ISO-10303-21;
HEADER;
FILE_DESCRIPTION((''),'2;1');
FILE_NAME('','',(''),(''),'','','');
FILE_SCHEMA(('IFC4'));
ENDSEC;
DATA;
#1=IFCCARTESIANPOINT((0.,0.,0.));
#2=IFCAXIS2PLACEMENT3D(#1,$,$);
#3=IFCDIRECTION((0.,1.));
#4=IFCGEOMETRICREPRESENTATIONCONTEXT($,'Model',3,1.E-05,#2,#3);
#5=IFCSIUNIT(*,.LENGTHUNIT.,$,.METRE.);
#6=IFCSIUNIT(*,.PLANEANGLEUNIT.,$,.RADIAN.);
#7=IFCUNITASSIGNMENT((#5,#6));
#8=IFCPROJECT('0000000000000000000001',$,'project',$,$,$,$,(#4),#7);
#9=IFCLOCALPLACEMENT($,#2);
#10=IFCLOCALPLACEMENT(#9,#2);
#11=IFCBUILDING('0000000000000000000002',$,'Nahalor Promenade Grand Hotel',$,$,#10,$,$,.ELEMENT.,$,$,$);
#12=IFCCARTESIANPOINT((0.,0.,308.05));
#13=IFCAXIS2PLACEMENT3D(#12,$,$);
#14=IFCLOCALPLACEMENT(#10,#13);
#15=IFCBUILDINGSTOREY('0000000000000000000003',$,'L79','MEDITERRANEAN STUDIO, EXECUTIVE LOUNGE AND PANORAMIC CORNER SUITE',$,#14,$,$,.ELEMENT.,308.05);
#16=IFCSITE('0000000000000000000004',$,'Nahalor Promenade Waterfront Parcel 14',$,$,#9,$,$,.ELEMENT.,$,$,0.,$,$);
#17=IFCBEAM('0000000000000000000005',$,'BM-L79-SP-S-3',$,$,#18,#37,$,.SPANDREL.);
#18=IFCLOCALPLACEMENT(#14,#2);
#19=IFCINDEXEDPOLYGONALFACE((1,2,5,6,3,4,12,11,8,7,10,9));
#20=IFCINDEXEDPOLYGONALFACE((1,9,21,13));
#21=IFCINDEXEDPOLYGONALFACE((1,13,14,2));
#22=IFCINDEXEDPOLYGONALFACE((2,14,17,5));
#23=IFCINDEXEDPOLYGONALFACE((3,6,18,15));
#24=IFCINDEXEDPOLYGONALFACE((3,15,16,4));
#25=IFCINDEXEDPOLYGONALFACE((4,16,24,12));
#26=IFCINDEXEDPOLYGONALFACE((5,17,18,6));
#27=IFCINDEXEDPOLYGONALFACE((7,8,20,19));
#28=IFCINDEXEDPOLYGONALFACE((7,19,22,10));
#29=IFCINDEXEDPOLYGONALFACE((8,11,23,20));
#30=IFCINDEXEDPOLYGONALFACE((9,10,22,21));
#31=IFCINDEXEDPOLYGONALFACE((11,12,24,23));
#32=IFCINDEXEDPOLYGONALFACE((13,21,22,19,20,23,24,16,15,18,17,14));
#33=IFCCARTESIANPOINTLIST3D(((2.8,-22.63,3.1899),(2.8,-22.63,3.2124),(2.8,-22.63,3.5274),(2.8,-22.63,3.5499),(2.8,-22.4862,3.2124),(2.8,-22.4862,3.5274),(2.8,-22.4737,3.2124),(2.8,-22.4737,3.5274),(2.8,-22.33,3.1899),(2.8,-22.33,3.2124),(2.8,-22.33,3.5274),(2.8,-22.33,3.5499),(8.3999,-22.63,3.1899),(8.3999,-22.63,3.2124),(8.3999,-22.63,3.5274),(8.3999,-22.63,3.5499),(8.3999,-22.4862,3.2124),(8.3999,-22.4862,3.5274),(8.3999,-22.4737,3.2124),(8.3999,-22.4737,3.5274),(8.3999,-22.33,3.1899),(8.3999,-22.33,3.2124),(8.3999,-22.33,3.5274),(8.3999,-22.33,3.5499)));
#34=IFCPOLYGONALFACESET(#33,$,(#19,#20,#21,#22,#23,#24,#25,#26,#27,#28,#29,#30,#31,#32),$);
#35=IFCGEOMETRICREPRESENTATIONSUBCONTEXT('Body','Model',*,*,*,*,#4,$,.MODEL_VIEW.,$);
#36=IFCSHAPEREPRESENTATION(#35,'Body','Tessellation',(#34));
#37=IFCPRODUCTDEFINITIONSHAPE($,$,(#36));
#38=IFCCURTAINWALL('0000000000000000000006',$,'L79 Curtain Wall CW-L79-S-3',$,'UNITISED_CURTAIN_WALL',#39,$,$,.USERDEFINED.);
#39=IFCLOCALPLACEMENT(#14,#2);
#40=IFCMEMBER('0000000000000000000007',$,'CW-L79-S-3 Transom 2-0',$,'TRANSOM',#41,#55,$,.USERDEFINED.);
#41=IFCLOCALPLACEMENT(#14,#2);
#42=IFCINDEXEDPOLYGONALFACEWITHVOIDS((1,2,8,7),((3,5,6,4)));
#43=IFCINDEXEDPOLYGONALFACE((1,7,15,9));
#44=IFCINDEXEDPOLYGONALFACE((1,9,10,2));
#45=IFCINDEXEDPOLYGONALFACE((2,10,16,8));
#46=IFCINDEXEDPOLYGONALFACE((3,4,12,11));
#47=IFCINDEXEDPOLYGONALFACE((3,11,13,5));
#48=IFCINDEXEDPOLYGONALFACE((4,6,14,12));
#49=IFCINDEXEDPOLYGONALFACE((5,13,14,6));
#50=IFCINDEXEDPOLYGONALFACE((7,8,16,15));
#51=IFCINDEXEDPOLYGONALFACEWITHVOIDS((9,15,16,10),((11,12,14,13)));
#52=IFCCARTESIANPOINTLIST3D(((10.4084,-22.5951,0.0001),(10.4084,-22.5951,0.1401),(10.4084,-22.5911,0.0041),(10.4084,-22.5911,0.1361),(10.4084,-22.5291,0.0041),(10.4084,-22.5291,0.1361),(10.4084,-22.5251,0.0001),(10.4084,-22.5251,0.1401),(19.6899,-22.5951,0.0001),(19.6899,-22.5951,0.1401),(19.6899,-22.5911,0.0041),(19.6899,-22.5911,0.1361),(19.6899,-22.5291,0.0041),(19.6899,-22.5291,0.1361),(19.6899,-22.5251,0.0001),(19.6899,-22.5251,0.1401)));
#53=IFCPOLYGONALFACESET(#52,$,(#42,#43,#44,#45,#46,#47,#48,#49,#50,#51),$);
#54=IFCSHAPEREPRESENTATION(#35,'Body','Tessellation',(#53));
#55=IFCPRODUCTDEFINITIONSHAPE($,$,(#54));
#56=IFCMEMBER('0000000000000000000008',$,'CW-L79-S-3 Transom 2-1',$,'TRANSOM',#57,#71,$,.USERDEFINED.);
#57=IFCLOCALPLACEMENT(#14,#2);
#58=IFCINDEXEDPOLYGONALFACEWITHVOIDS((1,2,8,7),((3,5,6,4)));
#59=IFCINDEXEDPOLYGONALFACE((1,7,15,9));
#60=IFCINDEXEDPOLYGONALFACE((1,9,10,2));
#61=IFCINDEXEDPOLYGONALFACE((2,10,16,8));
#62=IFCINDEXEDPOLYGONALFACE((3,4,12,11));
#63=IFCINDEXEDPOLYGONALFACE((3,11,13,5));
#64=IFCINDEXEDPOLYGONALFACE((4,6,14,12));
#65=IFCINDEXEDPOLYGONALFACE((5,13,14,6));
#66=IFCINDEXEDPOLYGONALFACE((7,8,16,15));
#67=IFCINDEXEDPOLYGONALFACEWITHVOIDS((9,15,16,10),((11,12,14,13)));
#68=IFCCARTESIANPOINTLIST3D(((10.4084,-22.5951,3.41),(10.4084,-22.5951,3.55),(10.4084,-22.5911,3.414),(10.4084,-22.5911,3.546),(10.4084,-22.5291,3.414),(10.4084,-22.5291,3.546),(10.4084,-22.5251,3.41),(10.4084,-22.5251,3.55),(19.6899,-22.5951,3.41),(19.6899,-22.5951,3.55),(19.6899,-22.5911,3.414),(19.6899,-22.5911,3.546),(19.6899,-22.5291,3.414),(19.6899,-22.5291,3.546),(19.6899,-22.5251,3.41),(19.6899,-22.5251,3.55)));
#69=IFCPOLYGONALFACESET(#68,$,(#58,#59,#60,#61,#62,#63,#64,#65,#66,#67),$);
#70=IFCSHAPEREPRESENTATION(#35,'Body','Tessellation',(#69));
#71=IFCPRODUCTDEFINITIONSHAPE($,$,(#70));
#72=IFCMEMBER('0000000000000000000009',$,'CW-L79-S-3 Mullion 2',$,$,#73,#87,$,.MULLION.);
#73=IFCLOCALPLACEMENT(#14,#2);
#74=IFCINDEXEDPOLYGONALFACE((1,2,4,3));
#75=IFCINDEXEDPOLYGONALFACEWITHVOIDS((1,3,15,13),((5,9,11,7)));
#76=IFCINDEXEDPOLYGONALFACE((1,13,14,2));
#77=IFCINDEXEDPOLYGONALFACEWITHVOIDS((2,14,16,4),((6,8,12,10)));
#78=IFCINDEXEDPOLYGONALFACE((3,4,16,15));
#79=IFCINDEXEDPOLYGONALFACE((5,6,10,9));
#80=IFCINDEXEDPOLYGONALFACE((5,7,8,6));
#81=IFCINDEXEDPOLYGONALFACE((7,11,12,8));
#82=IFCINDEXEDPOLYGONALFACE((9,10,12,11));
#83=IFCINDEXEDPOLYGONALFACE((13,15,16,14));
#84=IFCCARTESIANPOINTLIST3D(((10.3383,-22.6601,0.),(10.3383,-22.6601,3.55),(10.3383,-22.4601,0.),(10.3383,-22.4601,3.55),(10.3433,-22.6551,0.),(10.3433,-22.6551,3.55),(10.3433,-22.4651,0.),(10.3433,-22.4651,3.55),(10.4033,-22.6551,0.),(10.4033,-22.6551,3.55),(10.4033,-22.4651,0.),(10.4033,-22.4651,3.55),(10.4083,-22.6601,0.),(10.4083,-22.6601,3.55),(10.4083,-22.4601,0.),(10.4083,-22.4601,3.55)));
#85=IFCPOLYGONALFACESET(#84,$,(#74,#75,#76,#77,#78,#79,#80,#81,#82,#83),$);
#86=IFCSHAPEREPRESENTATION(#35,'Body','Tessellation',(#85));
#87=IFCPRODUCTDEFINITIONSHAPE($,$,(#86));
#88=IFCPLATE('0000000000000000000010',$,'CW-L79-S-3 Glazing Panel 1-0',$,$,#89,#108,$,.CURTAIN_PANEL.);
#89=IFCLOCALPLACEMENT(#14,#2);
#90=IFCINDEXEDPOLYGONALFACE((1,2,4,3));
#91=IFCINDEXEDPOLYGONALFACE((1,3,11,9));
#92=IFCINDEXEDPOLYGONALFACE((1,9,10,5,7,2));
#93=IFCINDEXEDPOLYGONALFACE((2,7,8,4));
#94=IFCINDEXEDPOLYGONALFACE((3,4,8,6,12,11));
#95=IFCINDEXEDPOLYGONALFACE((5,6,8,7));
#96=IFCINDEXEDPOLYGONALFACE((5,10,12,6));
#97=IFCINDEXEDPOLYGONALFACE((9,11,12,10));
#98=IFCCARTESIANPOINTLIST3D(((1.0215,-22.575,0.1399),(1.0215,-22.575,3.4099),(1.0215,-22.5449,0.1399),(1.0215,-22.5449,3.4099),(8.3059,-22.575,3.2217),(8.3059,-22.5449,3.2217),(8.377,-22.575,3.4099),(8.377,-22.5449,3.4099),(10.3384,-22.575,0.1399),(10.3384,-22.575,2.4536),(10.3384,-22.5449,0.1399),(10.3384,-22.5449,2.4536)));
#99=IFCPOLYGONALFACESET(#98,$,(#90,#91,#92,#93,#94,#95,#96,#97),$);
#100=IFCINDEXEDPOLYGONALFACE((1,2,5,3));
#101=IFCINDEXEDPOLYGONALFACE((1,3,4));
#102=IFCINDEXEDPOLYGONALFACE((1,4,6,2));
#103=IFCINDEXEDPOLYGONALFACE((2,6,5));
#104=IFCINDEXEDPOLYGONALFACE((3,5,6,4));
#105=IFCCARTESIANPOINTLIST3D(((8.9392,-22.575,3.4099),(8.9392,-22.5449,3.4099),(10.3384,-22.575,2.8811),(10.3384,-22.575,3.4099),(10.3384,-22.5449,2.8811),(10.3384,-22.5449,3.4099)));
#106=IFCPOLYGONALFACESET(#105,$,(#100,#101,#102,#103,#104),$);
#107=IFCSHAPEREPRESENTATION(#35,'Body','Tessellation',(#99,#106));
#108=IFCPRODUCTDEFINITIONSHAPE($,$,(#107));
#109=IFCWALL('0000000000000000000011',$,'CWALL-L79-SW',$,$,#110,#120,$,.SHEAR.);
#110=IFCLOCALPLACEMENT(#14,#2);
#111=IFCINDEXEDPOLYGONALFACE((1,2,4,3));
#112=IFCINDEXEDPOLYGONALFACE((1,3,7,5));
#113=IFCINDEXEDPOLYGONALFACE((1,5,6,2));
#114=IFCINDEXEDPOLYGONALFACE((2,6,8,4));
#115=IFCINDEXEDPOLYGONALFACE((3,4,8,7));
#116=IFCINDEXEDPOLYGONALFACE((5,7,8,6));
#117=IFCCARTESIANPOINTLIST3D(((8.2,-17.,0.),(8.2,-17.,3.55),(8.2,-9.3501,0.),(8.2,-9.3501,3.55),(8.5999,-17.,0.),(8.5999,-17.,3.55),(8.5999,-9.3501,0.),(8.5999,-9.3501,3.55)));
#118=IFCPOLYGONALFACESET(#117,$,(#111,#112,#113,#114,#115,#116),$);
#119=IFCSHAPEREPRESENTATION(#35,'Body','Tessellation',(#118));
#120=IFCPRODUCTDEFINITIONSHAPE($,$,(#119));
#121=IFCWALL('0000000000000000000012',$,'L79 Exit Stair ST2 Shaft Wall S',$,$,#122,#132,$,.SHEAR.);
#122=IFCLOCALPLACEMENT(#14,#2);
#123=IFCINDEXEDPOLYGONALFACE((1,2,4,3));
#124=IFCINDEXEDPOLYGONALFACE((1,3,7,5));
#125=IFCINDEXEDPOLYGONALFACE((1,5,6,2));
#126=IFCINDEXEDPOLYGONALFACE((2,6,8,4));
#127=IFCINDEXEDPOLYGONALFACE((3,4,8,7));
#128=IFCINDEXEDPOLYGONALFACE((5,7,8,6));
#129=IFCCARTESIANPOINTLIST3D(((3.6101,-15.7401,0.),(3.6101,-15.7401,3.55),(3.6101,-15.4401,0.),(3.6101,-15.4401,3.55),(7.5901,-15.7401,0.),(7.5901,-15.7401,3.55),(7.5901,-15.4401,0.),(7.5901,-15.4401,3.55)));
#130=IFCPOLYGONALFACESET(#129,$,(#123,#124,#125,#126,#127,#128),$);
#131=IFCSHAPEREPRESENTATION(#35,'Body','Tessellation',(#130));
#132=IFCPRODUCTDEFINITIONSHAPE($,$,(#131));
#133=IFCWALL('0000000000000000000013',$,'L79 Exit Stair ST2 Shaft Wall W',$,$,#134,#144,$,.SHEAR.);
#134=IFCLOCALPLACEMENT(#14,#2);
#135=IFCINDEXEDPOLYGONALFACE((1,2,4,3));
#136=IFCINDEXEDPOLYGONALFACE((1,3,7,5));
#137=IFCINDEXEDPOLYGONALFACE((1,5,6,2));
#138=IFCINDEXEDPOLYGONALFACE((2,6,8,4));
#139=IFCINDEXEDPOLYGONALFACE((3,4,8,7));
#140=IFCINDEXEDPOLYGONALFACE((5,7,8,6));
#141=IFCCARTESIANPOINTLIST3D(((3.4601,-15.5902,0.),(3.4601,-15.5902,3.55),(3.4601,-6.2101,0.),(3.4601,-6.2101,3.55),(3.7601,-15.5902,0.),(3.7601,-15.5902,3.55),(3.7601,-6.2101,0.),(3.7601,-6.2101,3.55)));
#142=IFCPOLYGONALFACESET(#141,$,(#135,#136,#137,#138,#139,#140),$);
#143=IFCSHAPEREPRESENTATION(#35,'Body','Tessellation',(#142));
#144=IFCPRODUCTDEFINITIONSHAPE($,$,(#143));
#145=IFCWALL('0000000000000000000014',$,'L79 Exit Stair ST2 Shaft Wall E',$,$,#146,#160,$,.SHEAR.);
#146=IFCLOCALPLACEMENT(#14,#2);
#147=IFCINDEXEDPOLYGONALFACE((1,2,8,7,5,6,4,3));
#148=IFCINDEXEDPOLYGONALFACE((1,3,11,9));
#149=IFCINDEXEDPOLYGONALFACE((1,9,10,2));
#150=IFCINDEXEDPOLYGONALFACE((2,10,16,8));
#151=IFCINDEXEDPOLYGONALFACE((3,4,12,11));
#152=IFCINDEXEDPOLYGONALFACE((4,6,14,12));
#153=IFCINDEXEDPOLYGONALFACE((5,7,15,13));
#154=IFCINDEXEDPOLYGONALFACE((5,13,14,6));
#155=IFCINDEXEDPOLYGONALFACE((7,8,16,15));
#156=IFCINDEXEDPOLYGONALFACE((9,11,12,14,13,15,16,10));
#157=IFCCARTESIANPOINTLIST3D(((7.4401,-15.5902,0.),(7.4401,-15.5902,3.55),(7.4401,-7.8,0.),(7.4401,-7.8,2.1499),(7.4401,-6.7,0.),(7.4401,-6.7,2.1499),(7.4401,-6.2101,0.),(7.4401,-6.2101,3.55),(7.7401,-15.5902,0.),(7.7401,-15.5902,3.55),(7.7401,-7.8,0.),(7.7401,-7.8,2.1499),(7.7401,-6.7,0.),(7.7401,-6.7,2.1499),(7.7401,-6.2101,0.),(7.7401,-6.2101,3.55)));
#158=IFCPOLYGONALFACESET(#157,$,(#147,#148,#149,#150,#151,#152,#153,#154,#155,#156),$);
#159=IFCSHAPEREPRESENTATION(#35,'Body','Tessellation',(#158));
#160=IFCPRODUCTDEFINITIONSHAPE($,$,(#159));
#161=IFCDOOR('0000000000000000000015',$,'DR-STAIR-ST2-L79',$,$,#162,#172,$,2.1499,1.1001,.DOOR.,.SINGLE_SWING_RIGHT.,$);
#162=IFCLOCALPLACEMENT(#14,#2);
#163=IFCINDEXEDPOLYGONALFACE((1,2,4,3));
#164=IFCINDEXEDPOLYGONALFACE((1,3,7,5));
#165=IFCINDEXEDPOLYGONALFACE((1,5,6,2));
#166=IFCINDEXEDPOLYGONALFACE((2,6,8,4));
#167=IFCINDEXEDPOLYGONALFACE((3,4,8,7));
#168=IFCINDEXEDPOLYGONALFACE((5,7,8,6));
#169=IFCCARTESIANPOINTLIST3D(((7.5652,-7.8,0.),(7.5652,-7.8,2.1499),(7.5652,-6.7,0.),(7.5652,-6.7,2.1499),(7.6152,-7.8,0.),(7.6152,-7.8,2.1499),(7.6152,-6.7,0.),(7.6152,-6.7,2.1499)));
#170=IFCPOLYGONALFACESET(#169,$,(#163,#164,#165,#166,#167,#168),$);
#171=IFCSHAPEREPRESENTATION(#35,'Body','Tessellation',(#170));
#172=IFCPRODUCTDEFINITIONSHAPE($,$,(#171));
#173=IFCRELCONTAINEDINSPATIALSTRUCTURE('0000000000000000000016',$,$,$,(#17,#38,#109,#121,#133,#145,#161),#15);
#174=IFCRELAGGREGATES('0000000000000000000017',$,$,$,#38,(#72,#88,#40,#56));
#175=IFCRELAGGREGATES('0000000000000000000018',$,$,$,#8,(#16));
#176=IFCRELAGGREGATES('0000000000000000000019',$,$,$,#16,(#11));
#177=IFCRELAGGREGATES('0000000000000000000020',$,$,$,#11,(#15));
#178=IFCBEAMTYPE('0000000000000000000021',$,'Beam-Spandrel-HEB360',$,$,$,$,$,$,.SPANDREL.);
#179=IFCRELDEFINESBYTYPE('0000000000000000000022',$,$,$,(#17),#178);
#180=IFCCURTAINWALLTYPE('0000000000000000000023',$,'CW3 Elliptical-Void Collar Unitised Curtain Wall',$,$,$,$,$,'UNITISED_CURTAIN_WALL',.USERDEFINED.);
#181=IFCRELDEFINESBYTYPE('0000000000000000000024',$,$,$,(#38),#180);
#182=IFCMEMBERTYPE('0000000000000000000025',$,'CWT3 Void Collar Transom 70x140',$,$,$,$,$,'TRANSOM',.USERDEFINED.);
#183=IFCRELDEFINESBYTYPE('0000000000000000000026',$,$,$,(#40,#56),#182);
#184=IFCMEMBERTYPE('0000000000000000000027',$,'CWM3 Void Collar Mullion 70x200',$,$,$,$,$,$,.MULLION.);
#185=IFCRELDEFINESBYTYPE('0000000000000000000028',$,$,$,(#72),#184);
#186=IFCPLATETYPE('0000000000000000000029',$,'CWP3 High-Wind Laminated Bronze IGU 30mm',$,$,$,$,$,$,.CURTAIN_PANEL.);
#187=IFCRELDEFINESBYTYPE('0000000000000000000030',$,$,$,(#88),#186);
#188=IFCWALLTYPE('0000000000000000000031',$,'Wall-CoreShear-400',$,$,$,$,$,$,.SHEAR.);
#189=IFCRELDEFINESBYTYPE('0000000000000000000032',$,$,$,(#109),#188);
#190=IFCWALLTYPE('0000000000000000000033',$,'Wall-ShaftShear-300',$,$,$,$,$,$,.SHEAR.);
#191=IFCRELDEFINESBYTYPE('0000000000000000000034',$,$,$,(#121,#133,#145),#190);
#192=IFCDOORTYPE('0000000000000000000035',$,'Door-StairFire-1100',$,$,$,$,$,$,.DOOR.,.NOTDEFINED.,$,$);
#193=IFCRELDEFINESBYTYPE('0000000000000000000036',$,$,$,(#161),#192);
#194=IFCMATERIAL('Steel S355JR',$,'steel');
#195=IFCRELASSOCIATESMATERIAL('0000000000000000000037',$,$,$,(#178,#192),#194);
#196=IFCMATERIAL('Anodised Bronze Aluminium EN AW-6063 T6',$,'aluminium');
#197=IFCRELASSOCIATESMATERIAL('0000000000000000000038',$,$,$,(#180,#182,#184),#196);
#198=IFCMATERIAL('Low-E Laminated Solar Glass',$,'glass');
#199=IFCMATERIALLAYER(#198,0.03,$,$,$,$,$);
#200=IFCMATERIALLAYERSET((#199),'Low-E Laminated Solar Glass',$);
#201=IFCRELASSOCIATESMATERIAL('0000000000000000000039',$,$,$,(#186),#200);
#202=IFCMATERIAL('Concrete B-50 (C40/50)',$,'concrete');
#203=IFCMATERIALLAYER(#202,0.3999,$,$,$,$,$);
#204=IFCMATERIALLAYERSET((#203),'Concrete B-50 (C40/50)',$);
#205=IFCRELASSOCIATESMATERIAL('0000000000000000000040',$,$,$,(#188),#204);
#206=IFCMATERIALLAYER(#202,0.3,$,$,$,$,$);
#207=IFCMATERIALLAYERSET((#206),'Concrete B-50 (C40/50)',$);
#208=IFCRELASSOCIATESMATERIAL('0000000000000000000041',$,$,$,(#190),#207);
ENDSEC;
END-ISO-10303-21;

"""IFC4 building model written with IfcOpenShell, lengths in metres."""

from ifc_helpers import new_model, si_unit, direction, frame, frame_2d, origin, origin_2d, place, context, subcontext, project, spatial, polyline, rectangle, hollow_rectangle, i_section, outline, extrude, source, transform, mapped, material, layer, layer_set, material_profile, profile_set, type_object, element, fill, aggregate, save


model = new_model("IFC4")

# Units and contexts
model_context = context("Model", 3, precision=1e-05, world=origin(), true_north=direction((0.0, 1.0)))
body_context = subcontext(model_context, "Body", "Model", "MODEL_VIEW")
ifc_project = project(units=[si_unit("LENGTHUNIT", "METRE"), si_unit("PLANEANGLEUNIT", "RADIAN")], contexts=[model_context])

# Site, building, storey
site_placement = place(None, origin())
site = spatial("IfcSite", under=ifc_project, at=site_placement, Name="Nahalor Promenade Waterfront Parcel 14", CompositionType="ELEMENT", RefElevation=0.0)
building_placement = place(site_placement, origin())
building = spatial("IfcBuilding", under=site, at=building_placement, Name="Nahalor Promenade Grand Hotel", CompositionType="ELEMENT")
storey_placement = place(building_placement, frame((0.0, 0.0, 308.05)))
storey = spatial("IfcBuildingStorey", under=building, at=storey_placement, Name="L79", Description="MEDITERRANEAN STUDIO, EXECUTIVE LOUNGE AND PANORAMIC CORNER SUITE", CompositionType="ELEMENT", Elevation=308.05)

# Shared definitions
ifc_material_1 = material(Name="Concrete B-50 (C40/50)", Category="concrete")
ifc_material_2 = material(Name="Steel S355JR", Category="steel")

# Beam
ifc_material_profile_1 = material_profile(ifc_material_2, i_section(OverallWidth=0.3, OverallDepth=0.36, WebThickness=0.0125, FlangeThickness=0.0225, at=origin_2d()), Name="HEB 360")
ifc_profile_set_1 = profile_set([ifc_material_profile_1], Name="Steel S355JR")
beam_type_1 = type_object("IfcBeamType", Name="Beam-Spandrel-HEB360", PredefinedType="SPANDREL", material=ifc_profile_set_1)
shared_shape_1 = source(origin(), body_context, "Body", "SweptSolid", [
    extrude(i_section(OverallWidth=0.3, OverallDepth=0.36, WebThickness=0.0125, FlangeThickness=0.0225, at=origin_2d()), origin(), (0.0, 0.0, 1.0), 5.5999),
])
beam_1_placement = place(storey_placement, frame((2.8, -22.48, 3.3699), z_axis=(1.0, 0.0, 0.0), x_axis=(0.0, 1.0, 0.0)))
element("IfcBeam", 1, at=beam_1_placement, inside=storey, type_object=beam_type_1, Name="BM-L79-SP-S-3", PredefinedType="SPANDREL", context=body_context, shape_type="MappedRepresentation", body=[
    mapped(shared_shape_1, transform((0.0, 0.0, 0.0), scale=1.0)),
])

# Curtain wall, members, plate
ifc_material_3 = material(Name="Anodised Bronze Aluminium EN AW-6063 T6", Category="aluminium")
curtain_wall_type = type_object("IfcCurtainWallType", Name="CW3 Elliptical-Void Collar Unitised Curtain Wall", ElementType="UNITISED_CURTAIN_WALL", PredefinedType="USERDEFINED", material=ifc_material_3)
curtain_wall_placement = place(storey_placement, origin())
curtain_wall = element("IfcCurtainWall", 2, at=curtain_wall_placement, inside=storey, type_object=curtain_wall_type, Name="L79 Curtain Wall CW-L79-S-3", ObjectType="UNITISED_CURTAIN_WALL", PredefinedType="USERDEFINED")
ifc_material_profile_2 = material_profile(ifc_material_3, hollow_rectangle(XDim=0.07, YDim=0.14, WallThickness=0.004, at=origin_2d()), Name="CWT 70x140x4")
ifc_profile_set_2 = profile_set([ifc_material_profile_2], Name="Anodised Bronze Aluminium EN AW-6063 T6")
member_type_1 = type_object("IfcMemberType", Name="CWT3 Void Collar Transom 70x140", ElementType="TRANSOM", PredefinedType="USERDEFINED", material=ifc_profile_set_2)
shared_shape_2 = source(origin(), body_context, "Body", "SweptSolid", [
    extrude(hollow_rectangle(XDim=0.07, YDim=0.14, WallThickness=0.004, at=origin_2d()), origin(), (0.0, 0.0, 1.0), 9.2815),
])
member_1_placement = place(storey_placement, frame((10.4084, -22.5601, 0.0701), z_axis=(1.0, 0.0, 0.0), x_axis=(0.0, 1.0, 0.0)))
member_1 = element("IfcMember", 3, at=member_1_placement, type_object=member_type_1, Name="CW-L79-S-3 Transom 2-0", ObjectType="TRANSOM", PredefinedType="USERDEFINED", context=body_context, shape_type="MappedRepresentation", body=[
    mapped(shared_shape_2, transform((0.0, 0.0, 0.0), scale=1.0)),
])
member_2_placement = place(storey_placement, frame((10.4084, -22.5601, 3.48), z_axis=(1.0, 0.0, 0.0), x_axis=(0.0, 1.0, 0.0)))
member_2 = element("IfcMember", 4, at=member_2_placement, type_object=member_type_1, Name="CW-L79-S-3 Transom 2-1", ObjectType="TRANSOM", PredefinedType="USERDEFINED", context=body_context, shape_type="MappedRepresentation", body=[
    mapped(shared_shape_2, transform((0.0, 0.0, 0.0), scale=1.0)),
])
ifc_material_profile_3 = material_profile(ifc_material_3, hollow_rectangle(XDim=0.07, YDim=0.2, WallThickness=0.005, at=origin_2d()), Name="CWM 70x200x5")
ifc_profile_set_3 = profile_set([ifc_material_profile_3], Name="Anodised Bronze Aluminium EN AW-6063 T6")
member_type_2 = type_object("IfcMemberType", Name="CWM3 Void Collar Mullion 70x200", PredefinedType="MULLION", material=ifc_profile_set_3)
shared_shape_3 = source(origin(), body_context, "Body", "SweptSolid", [
    extrude(hollow_rectangle(XDim=0.07, YDim=0.2, WallThickness=0.005, at=origin_2d()), origin(), (0.0, 0.0, 1.0), 3.55),
])
member_3_placement = place(storey_placement, frame((10.3733, -22.5601, 0.0), z_axis=(0.0, 0.0, 1.0), x_axis=(1.0, 0.0, 0.0)))
member_3 = element("IfcMember", 5, at=member_3_placement, type_object=member_type_2, Name="CW-L79-S-3 Mullion 2", PredefinedType="MULLION", context=body_context, shape_type="MappedRepresentation", body=[
    mapped(shared_shape_3, transform((0.0, 0.0, 0.0), scale=1.0)),
])
ifc_material_4 = material(Name="Low-E Laminated Solar Glass", Category="glass")
ifc_layer_1 = layer(ifc_material_4, 0.03)
ifc_layer_set_1 = layer_set([ifc_layer_1], Name="Low-E Laminated Solar Glass")
plate_type = type_object("IfcPlateType", Name="CWP3 High-Wind Laminated Bronze IGU 30mm", PredefinedType="CURTAIN_PANEL", material=ifc_layer_set_1)
plate_placement = place(storey_placement, frame((5.6799, -22.5601, 0.1399), z_axis=(0.0, 0.0, 1.0), x_axis=(1.0, 0.0, 0.0)))
plate = element("IfcPlate", 6, at=plate_placement, type_object=plate_type, Name="CW-L79-S-3 Glazing Panel 1-0", PredefinedType="CURTAIN_PANEL", context=body_context, shape_type="SweptSolid", body=[
    extrude(outline(polyline([(-4.6584, 0.0), (4.6584, 0.0), (4.6584, 2.3137), (2.626, 3.0818), (2.697, 3.27), (-4.6584, 3.27), (-4.6584, 0.0)])), frame((0.0, 0.0151, 0.0), z_axis=(0.0, -1.0, 0.0), x_axis=(1.0, 0.0, 0.0)), (0.0, 0.0, 1.0), 0.03),
    extrude(outline(polyline([(4.6584, 2.7412), (4.6584, 3.27), (3.2593, 3.27), (4.6584, 2.7412)])), frame((0.0, 0.0151, 0.0), z_axis=(0.0, -1.0, 0.0), x_axis=(1.0, 0.0, 0.0)), (0.0, 0.0, 1.0), 0.03),
])
aggregate(curtain_wall, [member_3, plate, member_1, member_2])

# Walls
ifc_layer_2 = layer(ifc_material_1, 0.3999)
ifc_layer_set_2 = layer_set([ifc_layer_2], Name="Concrete B-50 (C40/50)")
wall_type_1 = type_object("IfcWallType", Name="Wall-CoreShear-400", PredefinedType="SHEAR", material=ifc_layer_set_2)
shared_shape_4 = source(origin(), body_context, "Body", "SweptSolid", [
    extrude(rectangle(XDim=7.6499, YDim=0.3999, at=frame_2d((3.825, 0.0))), origin(), (0.0, 0.0, 1.0), 3.55),
])
wall_1_placement = place(storey_placement, frame((8.3999, -17.0, 0.0), z_axis=(0.0, 0.0, 1.0), x_axis=(0.0, 1.0, 0.0)))
element("IfcWall", 7, at=wall_1_placement, inside=storey, type_object=wall_type_1, Name="CWALL-L79-SW", PredefinedType="SHEAR", context=body_context, shape_type="MappedRepresentation", body=[
    mapped(shared_shape_4, transform((0.0, 0.0, 0.0), scale=1.0)),
])
ifc_layer_3 = layer(ifc_material_1, 0.3)
ifc_layer_set_3 = layer_set([ifc_layer_3], Name="Concrete B-50 (C40/50)")
wall_type_2 = type_object("IfcWallType", Name="Wall-ShaftShear-300", PredefinedType="SHEAR", material=ifc_layer_set_3)
shared_shape_5 = source(origin(), body_context, "Body", "SweptSolid", [
    extrude(rectangle(XDim=3.98, YDim=0.3, at=frame_2d((1.99, 0.0))), origin(), (0.0, 0.0, 1.0), 3.55),
])
wall_2_placement = place(storey_placement, frame((3.6101, -15.5901, 0.0), z_axis=(0.0, 0.0, 1.0), x_axis=(1.0, 0.0, 0.0)))
element("IfcWall", 8, at=wall_2_placement, inside=storey, type_object=wall_type_2, Name="L79 Exit Stair ST2 Shaft Wall S", PredefinedType="SHEAR", context=body_context, shape_type="MappedRepresentation", body=[
    mapped(shared_shape_5, transform((0.0, 0.0, 0.0), scale=1.0)),
])
shared_shape_6 = source(origin(), body_context, "Body", "SweptSolid", [
    extrude(rectangle(XDim=9.3801, YDim=0.3, at=frame_2d((4.6899, 0.0))), origin(), (0.0, 0.0, 1.0), 3.55),
])
wall_3_placement = place(storey_placement, frame((3.6101, -15.5901, 0.0), z_axis=(0.0, 0.0, 1.0), x_axis=(0.0, 1.0, 0.0)))
element("IfcWall", 9, at=wall_3_placement, inside=storey, type_object=wall_type_2, Name="L79 Exit Stair ST2 Shaft Wall W", PredefinedType="SHEAR", context=body_context, shape_type="MappedRepresentation", body=[
    mapped(shared_shape_6, transform((0.0, 0.0, 0.0), scale=1.0)),
])

# Wall, opening, door
wall_4_placement = place(storey_placement, frame((7.5901, -15.5901, 0.0), z_axis=(0.0, 0.0, 1.0), x_axis=(0.0, 1.0, 0.0)))
wall_4 = element("IfcWall", 10, at=wall_4_placement, inside=storey, type_object=wall_type_2, Name="L79 Exit Stair ST2 Shaft Wall E", PredefinedType="SHEAR", context=body_context, shape_type="MappedRepresentation", body=[
    mapped(shared_shape_6, transform((0.0, 0.0, 0.0), scale=1.0)),
])
opening_1_placement = place(wall_4_placement, frame((7.79, 0.0, 0.0)))
opening_1 = element("IfcOpeningElement", 11, at=opening_1_placement, cuts=wall_4, PredefinedType="OPENING", context=body_context, shape_type="SweptSolid", body=[
    extrude(rectangle(XDim=1.1001, YDim=2.1499, at=frame_2d((0.55, 1.075))), frame((0.0, 0.1599, 0.0), z_axis=(0.0, -1.0, 0.0), x_axis=(1.0, 0.0, 0.0)), (0.0, 0.0, 1.0), 0.3201),
])
door_type_1 = type_object("IfcDoorType", Name="Door-StairFire-1100", OperationType="NOTDEFINED", PredefinedType="DOOR", material=ifc_material_2)
shared_shape_7 = source(origin(), body_context, "Body", "SweptSolid", [
    extrude(rectangle(XDim=1.1001, YDim=2.1499, at=frame_2d((0.55, 1.075))), frame((0.0, 0.0249, 0.0), z_axis=(0.0, -1.0, 0.0), x_axis=(1.0, 0.0, 0.0)), (0.0, 0.0, 1.0), 0.05),
])
door_1_placement = place(opening_1_placement, origin())
door_1 = element("IfcDoor", 12, at=door_1_placement, inside=storey, type_object=door_type_1, Name="DR-STAIR-ST2-L79", OperationType="SINGLE_SWING_RIGHT", OverallHeight=2.1499, OverallWidth=1.1001, PredefinedType="DOOR", context=body_context, shape_type="MappedRepresentation", body=[
    mapped(shared_shape_7, transform((0.0, 0.0, 0.0), scale=1.0)),
])
fill(opening_1, door_1)

save(model, "model.ifc")
